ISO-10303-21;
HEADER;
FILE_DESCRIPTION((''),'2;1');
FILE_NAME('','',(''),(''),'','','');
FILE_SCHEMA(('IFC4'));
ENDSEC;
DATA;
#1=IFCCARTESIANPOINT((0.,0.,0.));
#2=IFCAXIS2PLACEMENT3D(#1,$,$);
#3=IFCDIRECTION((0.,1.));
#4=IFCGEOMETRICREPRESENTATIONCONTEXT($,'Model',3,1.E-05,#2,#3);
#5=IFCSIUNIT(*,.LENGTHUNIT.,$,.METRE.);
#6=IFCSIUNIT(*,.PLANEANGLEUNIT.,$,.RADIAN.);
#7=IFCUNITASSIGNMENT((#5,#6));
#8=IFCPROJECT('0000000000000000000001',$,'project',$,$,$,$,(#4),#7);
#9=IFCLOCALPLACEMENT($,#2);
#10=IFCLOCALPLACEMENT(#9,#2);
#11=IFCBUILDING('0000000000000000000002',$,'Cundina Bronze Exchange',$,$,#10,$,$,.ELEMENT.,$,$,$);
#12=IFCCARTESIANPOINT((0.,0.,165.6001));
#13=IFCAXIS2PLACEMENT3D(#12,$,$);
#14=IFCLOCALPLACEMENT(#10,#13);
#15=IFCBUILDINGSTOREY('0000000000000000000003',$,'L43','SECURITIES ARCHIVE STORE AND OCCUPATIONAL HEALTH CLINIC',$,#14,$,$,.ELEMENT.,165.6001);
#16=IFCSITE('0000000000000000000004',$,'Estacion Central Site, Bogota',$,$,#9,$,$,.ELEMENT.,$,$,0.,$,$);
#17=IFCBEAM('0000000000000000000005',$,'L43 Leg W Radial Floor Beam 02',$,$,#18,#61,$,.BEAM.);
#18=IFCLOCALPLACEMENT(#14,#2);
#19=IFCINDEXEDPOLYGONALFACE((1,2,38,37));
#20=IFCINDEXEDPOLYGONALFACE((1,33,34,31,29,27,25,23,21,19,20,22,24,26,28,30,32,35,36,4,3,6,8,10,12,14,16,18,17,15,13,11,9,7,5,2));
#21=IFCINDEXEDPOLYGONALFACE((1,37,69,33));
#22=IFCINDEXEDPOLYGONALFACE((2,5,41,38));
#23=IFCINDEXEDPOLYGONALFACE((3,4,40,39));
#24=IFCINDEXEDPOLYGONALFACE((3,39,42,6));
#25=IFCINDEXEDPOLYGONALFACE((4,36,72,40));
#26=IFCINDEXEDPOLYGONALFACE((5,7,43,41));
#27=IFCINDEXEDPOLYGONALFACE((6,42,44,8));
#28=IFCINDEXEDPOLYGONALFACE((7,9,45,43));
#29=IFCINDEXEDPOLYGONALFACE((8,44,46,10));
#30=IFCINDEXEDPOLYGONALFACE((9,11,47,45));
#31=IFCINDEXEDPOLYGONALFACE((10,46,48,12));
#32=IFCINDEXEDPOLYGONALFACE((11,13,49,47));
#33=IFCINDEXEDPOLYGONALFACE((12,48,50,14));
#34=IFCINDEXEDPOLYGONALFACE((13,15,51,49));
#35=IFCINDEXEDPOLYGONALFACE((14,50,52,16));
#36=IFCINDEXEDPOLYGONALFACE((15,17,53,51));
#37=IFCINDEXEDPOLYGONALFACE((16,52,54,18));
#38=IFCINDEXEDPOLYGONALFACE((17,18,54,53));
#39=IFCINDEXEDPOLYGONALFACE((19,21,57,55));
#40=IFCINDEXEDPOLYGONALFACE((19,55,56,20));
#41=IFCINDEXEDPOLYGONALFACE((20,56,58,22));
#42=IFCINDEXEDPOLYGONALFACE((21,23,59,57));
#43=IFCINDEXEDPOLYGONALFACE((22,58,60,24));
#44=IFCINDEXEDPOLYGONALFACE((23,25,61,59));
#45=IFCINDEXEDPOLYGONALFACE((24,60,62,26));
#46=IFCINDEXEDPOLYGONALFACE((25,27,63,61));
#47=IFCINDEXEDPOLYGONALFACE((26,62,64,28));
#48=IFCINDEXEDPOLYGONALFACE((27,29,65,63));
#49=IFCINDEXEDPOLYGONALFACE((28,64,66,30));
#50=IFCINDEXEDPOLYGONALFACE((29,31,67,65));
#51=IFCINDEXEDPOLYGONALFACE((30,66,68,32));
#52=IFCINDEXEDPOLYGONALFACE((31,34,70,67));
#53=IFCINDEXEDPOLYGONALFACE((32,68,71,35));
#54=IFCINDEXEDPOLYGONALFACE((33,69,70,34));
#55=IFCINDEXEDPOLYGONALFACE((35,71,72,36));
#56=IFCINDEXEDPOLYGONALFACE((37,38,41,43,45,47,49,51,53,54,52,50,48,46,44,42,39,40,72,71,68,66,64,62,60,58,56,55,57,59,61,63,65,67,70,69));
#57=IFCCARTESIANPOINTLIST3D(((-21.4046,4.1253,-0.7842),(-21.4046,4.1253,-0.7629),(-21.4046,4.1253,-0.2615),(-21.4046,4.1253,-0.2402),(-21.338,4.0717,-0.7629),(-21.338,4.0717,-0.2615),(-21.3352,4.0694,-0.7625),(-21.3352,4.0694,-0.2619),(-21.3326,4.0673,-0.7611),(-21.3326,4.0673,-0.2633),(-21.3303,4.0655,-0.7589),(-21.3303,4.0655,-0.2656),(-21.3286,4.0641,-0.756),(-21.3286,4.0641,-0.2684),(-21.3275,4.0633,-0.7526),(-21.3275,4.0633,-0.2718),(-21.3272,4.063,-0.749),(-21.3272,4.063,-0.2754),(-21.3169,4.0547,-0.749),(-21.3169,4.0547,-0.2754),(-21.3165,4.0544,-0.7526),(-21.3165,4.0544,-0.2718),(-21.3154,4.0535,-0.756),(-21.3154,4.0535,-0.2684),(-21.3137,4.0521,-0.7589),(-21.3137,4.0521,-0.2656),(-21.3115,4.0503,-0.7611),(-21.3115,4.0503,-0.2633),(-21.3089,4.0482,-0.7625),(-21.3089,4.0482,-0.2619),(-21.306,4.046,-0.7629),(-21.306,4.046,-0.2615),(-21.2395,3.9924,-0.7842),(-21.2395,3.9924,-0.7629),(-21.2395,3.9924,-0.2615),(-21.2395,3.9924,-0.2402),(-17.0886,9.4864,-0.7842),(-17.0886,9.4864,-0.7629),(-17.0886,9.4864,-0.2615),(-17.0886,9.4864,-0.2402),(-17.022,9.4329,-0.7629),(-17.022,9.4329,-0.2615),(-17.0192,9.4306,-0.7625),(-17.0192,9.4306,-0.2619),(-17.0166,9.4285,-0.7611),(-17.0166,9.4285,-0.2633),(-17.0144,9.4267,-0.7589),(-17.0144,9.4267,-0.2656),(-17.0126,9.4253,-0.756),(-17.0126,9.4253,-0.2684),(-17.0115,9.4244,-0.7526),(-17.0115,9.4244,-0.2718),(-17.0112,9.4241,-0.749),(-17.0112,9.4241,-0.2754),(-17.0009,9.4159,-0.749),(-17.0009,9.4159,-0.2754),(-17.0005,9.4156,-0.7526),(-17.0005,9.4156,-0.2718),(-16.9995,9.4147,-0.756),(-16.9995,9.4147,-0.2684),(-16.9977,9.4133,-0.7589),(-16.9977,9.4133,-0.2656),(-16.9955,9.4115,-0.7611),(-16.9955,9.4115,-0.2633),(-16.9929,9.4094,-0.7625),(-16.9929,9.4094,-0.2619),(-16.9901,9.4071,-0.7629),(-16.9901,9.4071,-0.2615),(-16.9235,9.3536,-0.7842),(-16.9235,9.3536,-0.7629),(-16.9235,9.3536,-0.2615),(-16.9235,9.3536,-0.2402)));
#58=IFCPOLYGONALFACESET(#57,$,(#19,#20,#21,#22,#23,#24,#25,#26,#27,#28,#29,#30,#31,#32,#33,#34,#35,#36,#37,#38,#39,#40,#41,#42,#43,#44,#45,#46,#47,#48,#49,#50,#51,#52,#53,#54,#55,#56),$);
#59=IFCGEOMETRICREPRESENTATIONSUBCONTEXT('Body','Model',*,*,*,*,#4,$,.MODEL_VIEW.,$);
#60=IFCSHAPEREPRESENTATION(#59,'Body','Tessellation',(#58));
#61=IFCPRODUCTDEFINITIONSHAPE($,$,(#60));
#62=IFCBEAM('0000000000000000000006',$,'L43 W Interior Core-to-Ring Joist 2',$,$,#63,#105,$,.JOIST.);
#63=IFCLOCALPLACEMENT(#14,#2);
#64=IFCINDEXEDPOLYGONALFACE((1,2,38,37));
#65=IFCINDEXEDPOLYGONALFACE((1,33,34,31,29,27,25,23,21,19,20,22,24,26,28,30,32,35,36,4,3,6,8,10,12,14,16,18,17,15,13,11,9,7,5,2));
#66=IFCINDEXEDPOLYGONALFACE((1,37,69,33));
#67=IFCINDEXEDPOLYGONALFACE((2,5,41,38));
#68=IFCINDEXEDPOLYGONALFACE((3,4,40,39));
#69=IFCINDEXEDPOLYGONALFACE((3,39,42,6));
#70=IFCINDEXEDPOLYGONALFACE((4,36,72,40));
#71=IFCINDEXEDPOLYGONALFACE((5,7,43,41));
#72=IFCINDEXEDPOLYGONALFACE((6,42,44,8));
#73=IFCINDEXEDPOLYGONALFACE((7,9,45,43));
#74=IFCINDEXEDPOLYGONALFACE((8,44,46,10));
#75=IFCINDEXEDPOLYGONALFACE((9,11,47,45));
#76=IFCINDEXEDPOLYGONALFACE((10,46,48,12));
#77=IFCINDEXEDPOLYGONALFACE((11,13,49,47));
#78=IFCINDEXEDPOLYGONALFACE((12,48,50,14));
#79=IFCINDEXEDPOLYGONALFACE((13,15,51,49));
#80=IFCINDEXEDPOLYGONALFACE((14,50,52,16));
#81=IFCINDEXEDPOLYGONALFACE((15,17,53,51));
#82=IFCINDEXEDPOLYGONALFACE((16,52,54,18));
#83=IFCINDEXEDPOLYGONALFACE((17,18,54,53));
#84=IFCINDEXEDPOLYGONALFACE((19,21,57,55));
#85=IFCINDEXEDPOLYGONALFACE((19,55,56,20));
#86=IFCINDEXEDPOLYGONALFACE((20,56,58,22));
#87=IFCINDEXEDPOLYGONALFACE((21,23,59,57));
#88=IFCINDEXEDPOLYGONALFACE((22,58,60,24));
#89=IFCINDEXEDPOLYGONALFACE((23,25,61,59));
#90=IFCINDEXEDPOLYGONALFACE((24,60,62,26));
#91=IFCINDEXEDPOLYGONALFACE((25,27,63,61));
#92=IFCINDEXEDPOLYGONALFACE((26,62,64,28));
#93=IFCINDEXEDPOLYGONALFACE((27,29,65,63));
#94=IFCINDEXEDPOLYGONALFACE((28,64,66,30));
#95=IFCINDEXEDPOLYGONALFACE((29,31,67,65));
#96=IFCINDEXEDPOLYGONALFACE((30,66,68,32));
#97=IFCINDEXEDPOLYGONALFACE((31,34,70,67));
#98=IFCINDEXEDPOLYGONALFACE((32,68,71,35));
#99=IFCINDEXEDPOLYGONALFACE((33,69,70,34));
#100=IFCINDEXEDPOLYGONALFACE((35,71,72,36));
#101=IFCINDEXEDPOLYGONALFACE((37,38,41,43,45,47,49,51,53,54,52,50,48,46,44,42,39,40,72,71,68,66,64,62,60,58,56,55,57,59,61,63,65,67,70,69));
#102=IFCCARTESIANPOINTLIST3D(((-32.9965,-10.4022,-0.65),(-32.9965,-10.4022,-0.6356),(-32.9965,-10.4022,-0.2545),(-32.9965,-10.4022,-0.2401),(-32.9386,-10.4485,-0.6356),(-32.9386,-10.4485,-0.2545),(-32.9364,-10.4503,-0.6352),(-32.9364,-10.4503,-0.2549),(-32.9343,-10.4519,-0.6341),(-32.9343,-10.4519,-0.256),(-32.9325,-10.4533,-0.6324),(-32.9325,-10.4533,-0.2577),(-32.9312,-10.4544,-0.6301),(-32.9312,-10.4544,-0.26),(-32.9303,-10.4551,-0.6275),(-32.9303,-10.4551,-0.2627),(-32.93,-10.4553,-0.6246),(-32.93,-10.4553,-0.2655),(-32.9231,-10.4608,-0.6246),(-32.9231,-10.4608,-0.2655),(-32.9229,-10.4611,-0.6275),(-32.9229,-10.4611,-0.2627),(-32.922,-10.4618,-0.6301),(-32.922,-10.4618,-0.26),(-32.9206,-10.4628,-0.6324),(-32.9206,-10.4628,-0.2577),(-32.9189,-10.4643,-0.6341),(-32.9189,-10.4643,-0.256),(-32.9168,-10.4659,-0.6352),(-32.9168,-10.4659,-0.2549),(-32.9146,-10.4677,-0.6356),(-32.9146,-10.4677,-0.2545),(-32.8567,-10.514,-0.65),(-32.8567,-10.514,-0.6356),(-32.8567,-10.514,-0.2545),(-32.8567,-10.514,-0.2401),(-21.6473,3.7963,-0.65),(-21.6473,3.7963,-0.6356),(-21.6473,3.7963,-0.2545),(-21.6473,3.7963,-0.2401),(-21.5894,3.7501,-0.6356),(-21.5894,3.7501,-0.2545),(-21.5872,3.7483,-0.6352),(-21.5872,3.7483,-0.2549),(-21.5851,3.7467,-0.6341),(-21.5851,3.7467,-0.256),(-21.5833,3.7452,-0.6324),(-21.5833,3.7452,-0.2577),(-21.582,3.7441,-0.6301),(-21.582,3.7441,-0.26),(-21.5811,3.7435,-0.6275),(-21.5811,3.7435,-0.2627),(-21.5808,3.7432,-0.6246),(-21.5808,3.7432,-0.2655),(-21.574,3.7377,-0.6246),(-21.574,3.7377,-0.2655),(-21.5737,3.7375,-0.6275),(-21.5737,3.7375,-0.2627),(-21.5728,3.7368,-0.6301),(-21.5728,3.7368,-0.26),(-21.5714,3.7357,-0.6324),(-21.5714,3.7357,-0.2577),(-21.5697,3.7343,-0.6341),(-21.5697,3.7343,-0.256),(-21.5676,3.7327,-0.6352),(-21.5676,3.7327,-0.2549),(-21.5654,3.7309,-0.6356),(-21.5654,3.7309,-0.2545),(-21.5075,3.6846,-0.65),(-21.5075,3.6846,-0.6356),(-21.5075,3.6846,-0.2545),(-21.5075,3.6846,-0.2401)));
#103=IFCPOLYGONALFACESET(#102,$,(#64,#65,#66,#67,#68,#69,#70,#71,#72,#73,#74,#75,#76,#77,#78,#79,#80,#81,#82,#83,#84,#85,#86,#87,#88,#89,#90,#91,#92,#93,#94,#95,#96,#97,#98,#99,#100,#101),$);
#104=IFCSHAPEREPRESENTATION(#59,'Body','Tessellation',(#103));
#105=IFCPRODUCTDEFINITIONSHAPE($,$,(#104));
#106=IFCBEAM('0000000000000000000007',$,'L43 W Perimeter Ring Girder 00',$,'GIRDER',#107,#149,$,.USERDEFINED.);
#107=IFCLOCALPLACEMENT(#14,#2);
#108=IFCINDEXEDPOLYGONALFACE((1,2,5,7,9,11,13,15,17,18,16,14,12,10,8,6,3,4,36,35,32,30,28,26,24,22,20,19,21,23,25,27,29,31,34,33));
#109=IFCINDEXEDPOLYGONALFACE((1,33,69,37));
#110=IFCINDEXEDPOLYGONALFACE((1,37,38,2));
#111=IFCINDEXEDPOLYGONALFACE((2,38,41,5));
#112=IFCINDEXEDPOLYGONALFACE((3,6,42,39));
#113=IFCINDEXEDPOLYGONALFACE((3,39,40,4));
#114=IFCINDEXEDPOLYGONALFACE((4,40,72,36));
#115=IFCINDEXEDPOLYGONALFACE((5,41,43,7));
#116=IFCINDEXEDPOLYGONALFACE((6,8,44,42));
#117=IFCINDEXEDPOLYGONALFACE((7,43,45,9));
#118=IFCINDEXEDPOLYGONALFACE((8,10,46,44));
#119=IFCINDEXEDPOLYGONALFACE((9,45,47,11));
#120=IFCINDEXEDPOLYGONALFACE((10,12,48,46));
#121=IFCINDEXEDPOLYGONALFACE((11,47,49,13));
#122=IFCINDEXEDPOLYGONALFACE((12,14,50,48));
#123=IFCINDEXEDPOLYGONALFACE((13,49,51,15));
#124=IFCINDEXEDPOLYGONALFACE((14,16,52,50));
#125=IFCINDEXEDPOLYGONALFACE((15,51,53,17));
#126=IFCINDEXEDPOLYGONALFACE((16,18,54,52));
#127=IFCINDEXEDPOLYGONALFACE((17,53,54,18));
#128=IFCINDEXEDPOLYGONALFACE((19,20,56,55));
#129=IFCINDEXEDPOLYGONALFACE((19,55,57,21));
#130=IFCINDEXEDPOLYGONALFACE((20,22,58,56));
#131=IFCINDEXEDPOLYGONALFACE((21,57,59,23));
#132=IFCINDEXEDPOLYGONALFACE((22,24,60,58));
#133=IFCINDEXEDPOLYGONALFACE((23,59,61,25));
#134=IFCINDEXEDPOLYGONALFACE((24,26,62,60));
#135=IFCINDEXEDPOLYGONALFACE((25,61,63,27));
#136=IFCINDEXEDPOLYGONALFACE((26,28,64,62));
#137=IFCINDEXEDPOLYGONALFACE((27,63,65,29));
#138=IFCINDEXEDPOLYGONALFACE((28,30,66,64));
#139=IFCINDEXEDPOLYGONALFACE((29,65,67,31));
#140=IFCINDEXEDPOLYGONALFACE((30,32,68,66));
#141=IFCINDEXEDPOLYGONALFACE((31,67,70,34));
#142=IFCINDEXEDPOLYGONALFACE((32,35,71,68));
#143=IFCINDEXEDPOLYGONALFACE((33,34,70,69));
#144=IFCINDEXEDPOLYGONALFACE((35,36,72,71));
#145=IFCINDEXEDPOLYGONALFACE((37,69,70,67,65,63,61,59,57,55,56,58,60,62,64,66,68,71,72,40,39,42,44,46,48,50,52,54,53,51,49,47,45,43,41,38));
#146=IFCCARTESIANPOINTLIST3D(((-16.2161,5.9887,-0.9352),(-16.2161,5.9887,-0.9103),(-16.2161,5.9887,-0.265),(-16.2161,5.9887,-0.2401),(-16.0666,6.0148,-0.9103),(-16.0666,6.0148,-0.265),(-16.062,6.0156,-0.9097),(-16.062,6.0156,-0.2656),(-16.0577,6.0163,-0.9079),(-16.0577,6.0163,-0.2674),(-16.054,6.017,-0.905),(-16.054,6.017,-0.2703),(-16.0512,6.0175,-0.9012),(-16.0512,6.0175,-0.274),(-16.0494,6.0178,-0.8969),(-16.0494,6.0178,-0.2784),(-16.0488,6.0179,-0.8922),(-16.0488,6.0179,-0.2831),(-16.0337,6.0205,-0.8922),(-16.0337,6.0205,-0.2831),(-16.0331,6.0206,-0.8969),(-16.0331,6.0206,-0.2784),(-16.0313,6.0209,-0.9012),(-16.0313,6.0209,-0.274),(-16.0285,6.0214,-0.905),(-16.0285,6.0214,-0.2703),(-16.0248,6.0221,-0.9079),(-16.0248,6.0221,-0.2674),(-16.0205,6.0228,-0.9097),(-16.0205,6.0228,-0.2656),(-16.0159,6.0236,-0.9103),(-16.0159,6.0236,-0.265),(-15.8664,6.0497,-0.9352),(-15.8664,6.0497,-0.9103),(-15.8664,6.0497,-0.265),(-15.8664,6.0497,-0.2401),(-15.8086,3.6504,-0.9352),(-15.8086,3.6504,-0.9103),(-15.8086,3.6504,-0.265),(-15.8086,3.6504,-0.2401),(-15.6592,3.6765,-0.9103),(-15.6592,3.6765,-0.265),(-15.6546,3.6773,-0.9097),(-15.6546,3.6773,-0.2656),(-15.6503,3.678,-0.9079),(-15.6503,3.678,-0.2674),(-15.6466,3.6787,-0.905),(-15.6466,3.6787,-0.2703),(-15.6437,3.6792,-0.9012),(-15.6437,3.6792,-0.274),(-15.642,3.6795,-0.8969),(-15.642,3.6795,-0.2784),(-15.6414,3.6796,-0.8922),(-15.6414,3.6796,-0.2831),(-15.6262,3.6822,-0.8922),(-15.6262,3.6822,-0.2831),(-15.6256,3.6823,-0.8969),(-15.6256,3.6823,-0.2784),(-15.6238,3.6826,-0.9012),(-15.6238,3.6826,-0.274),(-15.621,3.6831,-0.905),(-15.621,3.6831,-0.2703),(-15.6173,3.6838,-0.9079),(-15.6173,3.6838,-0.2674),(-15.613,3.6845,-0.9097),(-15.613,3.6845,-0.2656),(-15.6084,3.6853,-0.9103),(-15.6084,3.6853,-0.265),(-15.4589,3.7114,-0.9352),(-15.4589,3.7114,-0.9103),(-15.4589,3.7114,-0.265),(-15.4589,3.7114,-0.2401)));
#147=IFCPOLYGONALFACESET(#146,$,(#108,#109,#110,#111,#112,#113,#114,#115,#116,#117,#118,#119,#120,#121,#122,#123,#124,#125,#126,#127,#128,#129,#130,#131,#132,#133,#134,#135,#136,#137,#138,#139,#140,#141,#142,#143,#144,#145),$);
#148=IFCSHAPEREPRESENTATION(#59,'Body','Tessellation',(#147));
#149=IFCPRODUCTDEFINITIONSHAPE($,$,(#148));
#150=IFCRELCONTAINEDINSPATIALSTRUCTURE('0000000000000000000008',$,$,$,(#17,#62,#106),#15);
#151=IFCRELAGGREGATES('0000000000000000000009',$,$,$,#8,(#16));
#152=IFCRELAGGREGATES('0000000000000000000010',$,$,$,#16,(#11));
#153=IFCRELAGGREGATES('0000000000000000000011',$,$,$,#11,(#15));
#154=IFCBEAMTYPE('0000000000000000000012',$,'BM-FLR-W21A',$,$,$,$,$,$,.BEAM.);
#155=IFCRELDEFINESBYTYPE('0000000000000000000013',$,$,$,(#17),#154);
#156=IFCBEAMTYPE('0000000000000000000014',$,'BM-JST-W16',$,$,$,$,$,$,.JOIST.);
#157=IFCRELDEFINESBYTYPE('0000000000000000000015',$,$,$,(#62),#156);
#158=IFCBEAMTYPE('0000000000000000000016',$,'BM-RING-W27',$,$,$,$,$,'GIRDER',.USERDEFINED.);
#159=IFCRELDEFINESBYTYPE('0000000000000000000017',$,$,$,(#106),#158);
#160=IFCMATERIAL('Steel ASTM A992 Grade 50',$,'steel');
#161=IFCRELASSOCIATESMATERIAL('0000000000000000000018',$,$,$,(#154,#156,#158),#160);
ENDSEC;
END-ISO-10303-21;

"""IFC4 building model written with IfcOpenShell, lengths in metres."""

from ifc_helpers import new_model, si_unit, direction, frame, origin, origin_2d, place, context, subcontext, project, spatial, i_section, extrude, material, material_profile, profile_set, type_object, element, save


model = new_model("IFC4")

# Units and contexts
model_context = context("Model", 3, precision=1e-05, world=origin(), true_north=direction((0.0, 1.0)))
body_context = subcontext(model_context, "Body", "Model", "MODEL_VIEW")
ifc_project = project(units=[si_unit("LENGTHUNIT", "METRE"), si_unit("PLANEANGLEUNIT", "RADIAN")], contexts=[model_context])

# Site, building, storey
site_placement = place(None, origin())
site = spatial("IfcSite", under=ifc_project, at=site_placement, Name="Estacion Central Site, Bogota", CompositionType="ELEMENT", RefElevation=0.0)
building_placement = place(site_placement, origin())
building = spatial("IfcBuilding", under=site, at=building_placement, Name="Cundina Bronze Exchange", CompositionType="ELEMENT")
storey_placement = place(building_placement, frame((0.0, 0.0, 165.6001)))
storey = spatial("IfcBuildingStorey", under=building, at=storey_placement, Name="L43", Description="SECURITIES ARCHIVE STORE AND OCCUPATIONAL HEALTH CLINIC", CompositionType="ELEMENT", Elevation=165.6001)

# Shared definitions
ifc_material_1 = material(Name="Steel ASTM A992 Grade 50", Category="steel")

# Beams
ifc_material_profile_1 = material_profile(ifc_material_1, i_section(OverallWidth=0.2119, OverallDepth=0.5439, WebThickness=0.0132, FlangeThickness=0.0212, FilletRadius=0.0139, at=origin_2d()), Name="W21X83", Category="steel")
ifc_profile_set_1 = profile_set([ifc_material_profile_1], Name="Steel ASTM A992 Grade 50")
beam_type_1 = type_object("IfcBeamType", Name="BM-FLR-W21A", PredefinedType="BEAM", material=ifc_profile_set_1)
beam_1_placement = place(storey_placement, frame((-21.322, 4.0588, -0.5122), z_axis=(0.627089, 0.778948, 0.0), x_axis=(-0.778948, 0.627089, 0.0)))
element("IfcBeam", 1, at=beam_1_placement, inside=storey, type_object=beam_type_1, Name="L43 Leg W Radial Floor Beam 02", PredefinedType="BEAM", context=body_context, shape_type="SweptSolid", body=[
    extrude(i_section(OverallWidth=0.2119, OverallDepth=0.5439, WebThickness=0.0132, FlangeThickness=0.0212, FilletRadius=0.0139, at=origin_2d()), origin(), (0.0, 0.0, 1.0), 6.8826),
])
ifc_material_profile_2 = material_profile(ifc_material_1, i_section(OverallWidth=0.179, OverallDepth=0.4099, WebThickness=0.0088, FlangeThickness=0.0144, FilletRadius=0.011, at=origin_2d()), Name="W16X45", Category="steel")
ifc_profile_set_2 = profile_set([ifc_material_profile_2], Name="Steel ASTM A992 Grade 50")
beam_type_2 = type_object("IfcBeamType", Name="BM-JST-W16", PredefinedType="JOIST", material=ifc_profile_set_2)
beam_2_placement = place(storey_placement, frame((-21.5774, 3.7405, -0.4451), z_axis=(-0.624371, -0.781128, 0.0), x_axis=(0.781128, -0.624371, 0.0)))
element("IfcBeam", 2, at=beam_2_placement, inside=storey, type_object=beam_type_2, Name="L43 W Interior Core-to-Ring Joist 2", PredefinedType="JOIST", context=body_context, shape_type="SweptSolid", body=[
    extrude(i_section(OverallWidth=0.179, OverallDepth=0.4099, WebThickness=0.0088, FlangeThickness=0.0144, FilletRadius=0.011, at=origin_2d()), origin(), (0.0, 0.0, 1.0), 18.177),
])
ifc_material_profile_3 = material_profile(ifc_material_1, i_section(OverallWidth=0.355, OverallDepth=0.6951, WebThickness=0.0154, FlangeThickness=0.0249, FilletRadius=0.0181, at=origin_2d()), Name="W27X146", Category="steel")
ifc_profile_set_3 = profile_set([ifc_material_profile_3], Name="Steel ASTM A992 Grade 50")
beam_type_3 = type_object("IfcBeamType", Name="BM-RING-W27", ElementType="GIRDER", PredefinedType="USERDEFINED", material=ifc_profile_set_3)
beam_3_placement = place(storey_placement, frame((-15.6338, 3.6809, -0.5876), z_axis=(-0.171667, 0.985155, 0.0), x_axis=(-0.985155, -0.171667, 0.0)))
element("IfcBeam", 3, at=beam_3_placement, inside=storey, type_object=beam_type_3, Name="L43 W Perimeter Ring Girder 00", ObjectType="GIRDER", PredefinedType="USERDEFINED", context=body_context, shape_type="SweptSolid", body=[
    extrude(i_section(OverallWidth=0.355, OverallDepth=0.6951, WebThickness=0.0154, FlangeThickness=0.0249, FilletRadius=0.0181, at=origin_2d()), origin(), (0.0, 0.0, 1.0), 2.3735),
])

save(model, "model.ifc")
